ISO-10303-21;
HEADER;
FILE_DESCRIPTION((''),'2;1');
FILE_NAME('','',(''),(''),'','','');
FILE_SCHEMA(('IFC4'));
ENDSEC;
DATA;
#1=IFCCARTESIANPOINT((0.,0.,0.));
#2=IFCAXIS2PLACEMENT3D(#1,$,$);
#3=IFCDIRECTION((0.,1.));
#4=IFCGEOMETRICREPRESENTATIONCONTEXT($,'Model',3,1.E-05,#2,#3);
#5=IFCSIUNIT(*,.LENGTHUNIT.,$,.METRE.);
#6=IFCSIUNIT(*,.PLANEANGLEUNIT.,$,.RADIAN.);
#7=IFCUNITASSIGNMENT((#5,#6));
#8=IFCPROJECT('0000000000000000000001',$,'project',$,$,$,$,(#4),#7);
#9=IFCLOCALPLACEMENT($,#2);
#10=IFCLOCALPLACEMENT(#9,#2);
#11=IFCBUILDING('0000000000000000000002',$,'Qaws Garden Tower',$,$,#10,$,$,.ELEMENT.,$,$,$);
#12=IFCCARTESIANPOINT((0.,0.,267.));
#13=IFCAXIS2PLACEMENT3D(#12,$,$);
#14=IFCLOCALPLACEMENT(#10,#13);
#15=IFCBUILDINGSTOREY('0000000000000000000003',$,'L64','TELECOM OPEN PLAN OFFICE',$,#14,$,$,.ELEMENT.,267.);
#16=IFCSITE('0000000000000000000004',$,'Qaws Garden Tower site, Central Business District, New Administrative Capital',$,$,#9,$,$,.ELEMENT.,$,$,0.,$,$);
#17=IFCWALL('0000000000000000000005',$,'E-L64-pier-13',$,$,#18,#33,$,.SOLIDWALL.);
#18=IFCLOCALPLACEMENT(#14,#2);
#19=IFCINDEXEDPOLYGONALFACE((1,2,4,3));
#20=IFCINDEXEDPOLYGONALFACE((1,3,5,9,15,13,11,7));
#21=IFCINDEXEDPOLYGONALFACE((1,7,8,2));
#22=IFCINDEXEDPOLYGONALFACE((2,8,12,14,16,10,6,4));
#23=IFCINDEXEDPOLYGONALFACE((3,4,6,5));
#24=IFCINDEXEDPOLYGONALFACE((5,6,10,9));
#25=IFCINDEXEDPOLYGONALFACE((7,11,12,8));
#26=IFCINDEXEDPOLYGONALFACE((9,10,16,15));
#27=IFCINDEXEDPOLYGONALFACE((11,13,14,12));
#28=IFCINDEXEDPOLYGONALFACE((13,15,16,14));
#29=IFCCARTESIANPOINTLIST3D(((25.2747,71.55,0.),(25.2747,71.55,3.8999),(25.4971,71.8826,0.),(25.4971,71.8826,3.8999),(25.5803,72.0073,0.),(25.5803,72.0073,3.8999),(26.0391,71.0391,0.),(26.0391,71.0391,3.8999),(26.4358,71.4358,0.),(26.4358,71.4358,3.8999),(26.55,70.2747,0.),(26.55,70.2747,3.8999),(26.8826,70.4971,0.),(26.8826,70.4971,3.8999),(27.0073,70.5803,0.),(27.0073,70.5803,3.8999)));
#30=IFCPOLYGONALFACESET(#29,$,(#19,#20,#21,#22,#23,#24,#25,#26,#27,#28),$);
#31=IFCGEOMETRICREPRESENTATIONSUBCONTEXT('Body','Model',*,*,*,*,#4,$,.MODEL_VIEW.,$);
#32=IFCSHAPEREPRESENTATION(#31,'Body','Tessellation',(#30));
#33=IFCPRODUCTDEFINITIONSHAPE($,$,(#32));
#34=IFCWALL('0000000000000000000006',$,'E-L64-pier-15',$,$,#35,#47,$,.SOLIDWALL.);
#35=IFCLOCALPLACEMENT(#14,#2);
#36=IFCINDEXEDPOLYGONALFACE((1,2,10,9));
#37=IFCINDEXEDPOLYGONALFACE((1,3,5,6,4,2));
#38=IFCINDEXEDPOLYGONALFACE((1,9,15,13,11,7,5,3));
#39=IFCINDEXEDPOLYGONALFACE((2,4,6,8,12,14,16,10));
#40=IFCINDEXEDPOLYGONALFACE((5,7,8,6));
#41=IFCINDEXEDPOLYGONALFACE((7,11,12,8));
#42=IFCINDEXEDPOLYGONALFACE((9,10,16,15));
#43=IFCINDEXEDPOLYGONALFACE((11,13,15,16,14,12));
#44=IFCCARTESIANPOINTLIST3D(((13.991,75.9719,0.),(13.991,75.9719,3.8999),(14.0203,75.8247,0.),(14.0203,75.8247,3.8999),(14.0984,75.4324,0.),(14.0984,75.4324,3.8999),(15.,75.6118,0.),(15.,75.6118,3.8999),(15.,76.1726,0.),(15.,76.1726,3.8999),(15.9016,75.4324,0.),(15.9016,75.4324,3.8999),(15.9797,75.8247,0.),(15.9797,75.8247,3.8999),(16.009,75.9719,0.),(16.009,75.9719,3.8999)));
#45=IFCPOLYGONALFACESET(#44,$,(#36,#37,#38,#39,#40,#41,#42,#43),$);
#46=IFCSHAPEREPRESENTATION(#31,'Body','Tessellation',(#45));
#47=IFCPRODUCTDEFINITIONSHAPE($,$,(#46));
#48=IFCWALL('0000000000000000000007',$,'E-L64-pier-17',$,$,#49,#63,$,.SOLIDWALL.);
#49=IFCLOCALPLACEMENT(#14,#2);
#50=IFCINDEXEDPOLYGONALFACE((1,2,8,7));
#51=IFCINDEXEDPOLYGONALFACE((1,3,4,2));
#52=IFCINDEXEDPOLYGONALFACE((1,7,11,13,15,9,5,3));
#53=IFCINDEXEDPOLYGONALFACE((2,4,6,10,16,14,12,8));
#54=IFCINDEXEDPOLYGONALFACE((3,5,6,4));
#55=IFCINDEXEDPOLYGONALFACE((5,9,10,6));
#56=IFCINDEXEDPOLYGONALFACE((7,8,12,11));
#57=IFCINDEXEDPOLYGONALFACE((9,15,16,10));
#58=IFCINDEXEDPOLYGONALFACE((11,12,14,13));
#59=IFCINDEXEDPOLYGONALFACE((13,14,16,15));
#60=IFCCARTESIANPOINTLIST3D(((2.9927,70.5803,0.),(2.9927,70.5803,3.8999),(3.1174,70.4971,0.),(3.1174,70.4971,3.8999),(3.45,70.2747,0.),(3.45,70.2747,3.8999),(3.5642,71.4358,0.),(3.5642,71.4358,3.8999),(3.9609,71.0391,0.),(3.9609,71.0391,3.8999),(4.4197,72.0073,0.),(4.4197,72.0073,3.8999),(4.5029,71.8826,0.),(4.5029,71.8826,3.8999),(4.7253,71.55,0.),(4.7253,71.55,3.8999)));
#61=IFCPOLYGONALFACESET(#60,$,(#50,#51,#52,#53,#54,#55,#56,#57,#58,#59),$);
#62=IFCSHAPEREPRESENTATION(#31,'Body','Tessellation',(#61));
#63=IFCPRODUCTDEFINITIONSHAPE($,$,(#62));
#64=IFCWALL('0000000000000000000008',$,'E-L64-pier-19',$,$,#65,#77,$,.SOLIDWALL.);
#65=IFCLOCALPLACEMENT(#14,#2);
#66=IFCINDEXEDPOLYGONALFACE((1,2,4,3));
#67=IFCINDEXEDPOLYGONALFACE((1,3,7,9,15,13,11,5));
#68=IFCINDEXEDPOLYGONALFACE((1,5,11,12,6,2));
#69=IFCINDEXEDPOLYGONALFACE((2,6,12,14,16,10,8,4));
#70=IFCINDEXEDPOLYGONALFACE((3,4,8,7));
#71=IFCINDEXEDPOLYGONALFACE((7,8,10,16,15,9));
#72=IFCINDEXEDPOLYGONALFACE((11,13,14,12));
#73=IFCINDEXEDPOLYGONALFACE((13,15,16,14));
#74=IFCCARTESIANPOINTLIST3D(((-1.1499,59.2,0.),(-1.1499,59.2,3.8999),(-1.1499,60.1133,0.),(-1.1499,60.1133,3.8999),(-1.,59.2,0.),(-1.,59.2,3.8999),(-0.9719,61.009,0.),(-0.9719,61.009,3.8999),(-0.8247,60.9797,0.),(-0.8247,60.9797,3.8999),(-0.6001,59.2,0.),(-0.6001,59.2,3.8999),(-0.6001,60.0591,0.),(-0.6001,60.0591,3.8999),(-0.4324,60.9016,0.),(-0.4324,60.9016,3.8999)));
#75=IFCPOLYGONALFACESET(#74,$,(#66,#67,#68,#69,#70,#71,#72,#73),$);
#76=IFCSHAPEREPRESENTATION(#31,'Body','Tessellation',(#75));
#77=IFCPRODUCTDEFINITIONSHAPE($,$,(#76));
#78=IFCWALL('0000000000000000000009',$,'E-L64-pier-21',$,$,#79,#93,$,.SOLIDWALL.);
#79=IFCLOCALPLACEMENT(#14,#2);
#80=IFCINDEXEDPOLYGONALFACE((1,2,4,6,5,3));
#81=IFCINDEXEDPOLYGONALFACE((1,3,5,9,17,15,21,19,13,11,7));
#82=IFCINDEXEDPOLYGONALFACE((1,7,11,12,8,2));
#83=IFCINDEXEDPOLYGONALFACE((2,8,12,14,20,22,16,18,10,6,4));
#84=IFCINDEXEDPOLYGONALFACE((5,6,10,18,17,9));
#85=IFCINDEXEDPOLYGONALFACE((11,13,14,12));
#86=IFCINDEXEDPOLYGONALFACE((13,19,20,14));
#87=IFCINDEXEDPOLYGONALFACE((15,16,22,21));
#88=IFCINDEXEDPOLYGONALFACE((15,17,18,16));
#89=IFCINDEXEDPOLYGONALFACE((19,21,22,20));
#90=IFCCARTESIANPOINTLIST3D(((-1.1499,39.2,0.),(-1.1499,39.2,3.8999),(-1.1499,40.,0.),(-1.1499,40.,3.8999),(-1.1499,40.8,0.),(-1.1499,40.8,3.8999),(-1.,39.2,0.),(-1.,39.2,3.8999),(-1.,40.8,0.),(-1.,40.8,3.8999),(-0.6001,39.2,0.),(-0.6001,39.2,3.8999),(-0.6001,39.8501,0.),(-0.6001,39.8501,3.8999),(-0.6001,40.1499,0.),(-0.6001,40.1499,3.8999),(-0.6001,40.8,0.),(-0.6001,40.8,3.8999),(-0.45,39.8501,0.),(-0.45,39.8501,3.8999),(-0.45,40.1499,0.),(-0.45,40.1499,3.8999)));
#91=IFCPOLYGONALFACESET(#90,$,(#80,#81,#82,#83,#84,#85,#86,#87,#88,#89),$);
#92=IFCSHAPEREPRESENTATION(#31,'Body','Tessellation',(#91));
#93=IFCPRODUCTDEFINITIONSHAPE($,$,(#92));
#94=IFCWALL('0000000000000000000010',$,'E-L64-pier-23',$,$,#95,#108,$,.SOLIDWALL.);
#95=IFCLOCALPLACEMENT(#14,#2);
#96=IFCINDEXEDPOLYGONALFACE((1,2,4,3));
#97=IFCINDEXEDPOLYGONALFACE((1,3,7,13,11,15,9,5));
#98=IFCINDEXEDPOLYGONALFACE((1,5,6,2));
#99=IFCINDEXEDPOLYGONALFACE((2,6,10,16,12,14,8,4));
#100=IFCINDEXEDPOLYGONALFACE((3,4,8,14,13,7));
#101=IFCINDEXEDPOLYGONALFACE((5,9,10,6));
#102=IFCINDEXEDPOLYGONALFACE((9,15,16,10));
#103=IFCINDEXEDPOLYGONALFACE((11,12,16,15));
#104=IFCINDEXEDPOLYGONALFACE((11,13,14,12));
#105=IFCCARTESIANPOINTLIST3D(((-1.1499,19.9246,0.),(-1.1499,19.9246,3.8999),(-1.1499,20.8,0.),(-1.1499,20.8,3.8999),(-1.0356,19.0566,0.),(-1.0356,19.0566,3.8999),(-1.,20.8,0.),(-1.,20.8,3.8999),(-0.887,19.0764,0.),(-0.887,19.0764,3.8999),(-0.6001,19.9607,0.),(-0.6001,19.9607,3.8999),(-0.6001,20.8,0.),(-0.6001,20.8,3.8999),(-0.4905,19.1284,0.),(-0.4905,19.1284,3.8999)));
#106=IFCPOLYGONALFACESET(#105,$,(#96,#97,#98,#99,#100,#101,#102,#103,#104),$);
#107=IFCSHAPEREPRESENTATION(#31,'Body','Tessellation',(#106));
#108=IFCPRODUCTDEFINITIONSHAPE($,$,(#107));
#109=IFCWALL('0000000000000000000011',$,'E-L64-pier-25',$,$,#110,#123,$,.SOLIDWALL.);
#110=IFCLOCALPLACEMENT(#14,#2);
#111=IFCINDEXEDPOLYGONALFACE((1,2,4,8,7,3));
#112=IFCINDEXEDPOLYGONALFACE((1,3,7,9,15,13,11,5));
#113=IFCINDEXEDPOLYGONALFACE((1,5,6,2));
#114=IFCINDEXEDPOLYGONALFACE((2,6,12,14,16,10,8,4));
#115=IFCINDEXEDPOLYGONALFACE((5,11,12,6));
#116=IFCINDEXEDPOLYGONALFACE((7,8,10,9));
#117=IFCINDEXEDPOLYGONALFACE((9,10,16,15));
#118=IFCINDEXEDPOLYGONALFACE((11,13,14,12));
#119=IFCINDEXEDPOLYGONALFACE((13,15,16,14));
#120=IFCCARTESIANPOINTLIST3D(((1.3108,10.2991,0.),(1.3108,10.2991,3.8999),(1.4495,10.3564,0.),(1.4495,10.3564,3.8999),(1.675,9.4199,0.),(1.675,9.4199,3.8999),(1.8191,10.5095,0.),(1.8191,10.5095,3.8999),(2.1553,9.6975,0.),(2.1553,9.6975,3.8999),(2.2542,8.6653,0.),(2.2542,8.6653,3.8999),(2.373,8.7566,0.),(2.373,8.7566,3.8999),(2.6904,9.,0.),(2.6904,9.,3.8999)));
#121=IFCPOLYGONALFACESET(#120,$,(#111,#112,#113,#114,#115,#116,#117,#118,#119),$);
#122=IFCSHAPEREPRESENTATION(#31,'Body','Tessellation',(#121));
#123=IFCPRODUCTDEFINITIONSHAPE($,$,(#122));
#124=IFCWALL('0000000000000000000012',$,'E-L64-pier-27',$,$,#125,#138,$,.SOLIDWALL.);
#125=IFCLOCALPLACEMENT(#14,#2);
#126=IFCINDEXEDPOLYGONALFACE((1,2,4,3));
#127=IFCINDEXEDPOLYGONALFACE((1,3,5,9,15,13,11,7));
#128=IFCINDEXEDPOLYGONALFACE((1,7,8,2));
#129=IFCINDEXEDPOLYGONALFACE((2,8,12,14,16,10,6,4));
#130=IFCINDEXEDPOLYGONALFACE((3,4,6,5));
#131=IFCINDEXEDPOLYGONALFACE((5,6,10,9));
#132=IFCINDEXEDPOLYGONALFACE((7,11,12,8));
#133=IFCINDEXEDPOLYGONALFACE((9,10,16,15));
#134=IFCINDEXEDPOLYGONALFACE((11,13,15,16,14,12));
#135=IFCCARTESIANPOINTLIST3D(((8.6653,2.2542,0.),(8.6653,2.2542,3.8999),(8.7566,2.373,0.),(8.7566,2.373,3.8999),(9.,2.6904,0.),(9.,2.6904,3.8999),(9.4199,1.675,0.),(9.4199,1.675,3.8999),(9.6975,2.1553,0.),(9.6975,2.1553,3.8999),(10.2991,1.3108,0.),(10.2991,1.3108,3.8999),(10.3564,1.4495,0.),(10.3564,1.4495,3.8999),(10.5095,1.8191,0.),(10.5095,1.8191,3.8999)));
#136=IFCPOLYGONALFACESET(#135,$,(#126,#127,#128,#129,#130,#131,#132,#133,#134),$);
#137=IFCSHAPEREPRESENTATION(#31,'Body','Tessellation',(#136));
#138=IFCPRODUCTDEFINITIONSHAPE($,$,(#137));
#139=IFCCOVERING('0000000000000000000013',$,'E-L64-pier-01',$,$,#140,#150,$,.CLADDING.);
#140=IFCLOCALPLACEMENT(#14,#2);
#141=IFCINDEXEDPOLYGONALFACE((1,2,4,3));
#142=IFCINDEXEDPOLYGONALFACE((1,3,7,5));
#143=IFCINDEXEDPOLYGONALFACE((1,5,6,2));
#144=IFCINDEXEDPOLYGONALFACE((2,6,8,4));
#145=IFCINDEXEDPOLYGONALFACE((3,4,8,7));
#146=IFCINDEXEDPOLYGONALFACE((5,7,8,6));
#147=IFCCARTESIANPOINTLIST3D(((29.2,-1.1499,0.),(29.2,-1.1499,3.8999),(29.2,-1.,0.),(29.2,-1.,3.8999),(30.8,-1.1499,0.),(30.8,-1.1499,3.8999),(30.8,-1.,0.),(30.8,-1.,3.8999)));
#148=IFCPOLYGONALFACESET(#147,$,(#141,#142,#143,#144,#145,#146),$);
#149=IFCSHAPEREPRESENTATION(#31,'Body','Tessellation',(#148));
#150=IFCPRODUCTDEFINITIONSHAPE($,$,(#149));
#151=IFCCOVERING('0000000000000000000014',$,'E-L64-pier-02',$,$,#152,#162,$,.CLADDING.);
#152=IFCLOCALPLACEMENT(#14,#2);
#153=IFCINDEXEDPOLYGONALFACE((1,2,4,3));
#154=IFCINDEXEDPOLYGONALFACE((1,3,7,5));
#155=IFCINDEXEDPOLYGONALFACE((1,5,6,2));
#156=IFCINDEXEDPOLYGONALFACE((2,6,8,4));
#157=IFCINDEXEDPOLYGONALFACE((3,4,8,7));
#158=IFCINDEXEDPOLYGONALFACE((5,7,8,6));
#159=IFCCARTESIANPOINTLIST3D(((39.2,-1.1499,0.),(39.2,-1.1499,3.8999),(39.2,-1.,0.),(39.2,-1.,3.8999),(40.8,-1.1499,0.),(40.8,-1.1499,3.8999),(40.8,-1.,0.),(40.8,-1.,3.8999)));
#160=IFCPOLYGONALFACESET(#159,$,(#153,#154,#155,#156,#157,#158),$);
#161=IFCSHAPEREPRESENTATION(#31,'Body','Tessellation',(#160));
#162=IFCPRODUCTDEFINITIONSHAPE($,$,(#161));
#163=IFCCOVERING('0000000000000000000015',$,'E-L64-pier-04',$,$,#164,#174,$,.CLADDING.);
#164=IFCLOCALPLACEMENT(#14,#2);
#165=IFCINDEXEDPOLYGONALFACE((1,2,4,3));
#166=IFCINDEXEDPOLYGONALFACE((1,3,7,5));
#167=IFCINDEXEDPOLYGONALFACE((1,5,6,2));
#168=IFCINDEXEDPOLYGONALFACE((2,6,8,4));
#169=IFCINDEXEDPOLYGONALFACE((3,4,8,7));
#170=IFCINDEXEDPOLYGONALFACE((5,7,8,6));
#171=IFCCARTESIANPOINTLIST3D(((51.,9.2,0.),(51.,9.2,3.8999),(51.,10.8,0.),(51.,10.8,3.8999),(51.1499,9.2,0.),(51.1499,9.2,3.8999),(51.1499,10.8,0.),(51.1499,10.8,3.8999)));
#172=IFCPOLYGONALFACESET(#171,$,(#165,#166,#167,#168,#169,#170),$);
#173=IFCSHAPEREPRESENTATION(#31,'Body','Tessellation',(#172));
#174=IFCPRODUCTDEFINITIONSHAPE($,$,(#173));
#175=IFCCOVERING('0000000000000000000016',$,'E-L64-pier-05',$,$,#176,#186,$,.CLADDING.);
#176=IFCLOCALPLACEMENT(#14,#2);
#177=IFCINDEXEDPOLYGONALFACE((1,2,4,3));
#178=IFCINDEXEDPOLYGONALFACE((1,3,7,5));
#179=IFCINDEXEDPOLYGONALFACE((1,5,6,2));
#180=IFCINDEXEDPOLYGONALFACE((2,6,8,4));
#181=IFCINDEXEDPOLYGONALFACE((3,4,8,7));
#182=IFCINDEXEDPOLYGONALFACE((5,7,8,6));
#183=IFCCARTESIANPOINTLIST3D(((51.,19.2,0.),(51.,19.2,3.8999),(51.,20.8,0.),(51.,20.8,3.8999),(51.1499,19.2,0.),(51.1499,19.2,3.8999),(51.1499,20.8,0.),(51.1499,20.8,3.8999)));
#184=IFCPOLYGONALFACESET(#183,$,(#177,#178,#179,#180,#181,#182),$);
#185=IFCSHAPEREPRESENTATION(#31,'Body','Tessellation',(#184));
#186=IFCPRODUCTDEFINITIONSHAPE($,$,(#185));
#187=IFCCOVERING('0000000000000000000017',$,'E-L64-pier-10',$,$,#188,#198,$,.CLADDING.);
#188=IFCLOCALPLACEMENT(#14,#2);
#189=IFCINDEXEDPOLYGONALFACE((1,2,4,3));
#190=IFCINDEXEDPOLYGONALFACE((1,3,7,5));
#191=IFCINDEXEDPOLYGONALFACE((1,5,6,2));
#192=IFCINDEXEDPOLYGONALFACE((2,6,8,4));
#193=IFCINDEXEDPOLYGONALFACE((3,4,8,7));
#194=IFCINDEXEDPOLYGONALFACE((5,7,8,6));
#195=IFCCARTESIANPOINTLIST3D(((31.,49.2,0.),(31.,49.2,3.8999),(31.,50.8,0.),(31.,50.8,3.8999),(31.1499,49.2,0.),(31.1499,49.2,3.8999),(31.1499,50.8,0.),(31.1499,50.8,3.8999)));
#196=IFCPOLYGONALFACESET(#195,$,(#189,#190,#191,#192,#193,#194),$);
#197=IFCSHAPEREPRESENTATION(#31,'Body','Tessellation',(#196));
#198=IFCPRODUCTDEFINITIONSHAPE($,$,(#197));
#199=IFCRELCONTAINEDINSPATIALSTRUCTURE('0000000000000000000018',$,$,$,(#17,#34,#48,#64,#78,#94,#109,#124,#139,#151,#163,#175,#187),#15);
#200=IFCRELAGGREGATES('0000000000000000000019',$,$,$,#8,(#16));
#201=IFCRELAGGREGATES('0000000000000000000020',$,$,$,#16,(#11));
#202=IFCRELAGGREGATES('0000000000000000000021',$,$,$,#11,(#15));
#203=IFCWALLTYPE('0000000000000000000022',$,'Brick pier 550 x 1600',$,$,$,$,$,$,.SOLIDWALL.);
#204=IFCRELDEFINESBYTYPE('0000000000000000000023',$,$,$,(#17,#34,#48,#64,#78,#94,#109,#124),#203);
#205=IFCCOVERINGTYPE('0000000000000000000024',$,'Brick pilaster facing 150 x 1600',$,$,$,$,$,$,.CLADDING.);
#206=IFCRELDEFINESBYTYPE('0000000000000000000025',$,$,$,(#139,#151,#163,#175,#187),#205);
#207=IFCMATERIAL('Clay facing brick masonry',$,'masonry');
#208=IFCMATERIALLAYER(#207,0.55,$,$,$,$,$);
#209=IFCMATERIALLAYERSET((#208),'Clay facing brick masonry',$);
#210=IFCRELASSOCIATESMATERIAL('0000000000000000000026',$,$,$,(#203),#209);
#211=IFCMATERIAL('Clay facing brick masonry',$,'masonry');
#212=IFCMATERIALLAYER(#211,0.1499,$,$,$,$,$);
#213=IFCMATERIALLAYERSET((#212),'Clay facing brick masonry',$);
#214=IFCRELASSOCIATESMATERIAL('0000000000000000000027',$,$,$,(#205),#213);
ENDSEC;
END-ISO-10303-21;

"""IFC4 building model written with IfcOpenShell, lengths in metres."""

from ifc_helpers import new_model, si_unit, direction, frame, origin, place, context, subcontext, project, spatial, polyline, outline, extrude, material, layer, layer_set, type_object, element, save


model = new_model("IFC4")

# Units and contexts
model_context = context("Model", 3, precision=1e-05, world=origin(), true_north=direction((0.0, 1.0)))
body_context = subcontext(model_context, "Body", "Model", "MODEL_VIEW")
ifc_project = project(units=[si_unit("LENGTHUNIT", "METRE"), si_unit("PLANEANGLEUNIT", "RADIAN")], contexts=[model_context])

# Site, building, storey
site_placement = place(None, origin())
site = spatial("IfcSite", under=ifc_project, at=site_placement, Name="Qaws Garden Tower site, Central Business District, New Administrative Capital", CompositionType="ELEMENT", RefElevation=0.0)
building_placement = place(site_placement, origin())
building = spatial("IfcBuilding", under=site, at=building_placement, Name="Qaws Garden Tower", CompositionType="ELEMENT")
storey_placement = place(building_placement, frame((0.0, 0.0, 267.0)))
storey = spatial("IfcBuildingStorey", under=building, at=storey_placement, Name="L64", Description="TELECOM OPEN PLAN OFFICE", CompositionType="ELEMENT", Elevation=267.0)

# Walls
placement = place(storey_placement, origin())
ifc_material_1 = material(Name="Clay facing brick masonry", Category="masonry")
ifc_layer_1 = layer(ifc_material_1, 0.55)
ifc_layer_set_1 = layer_set([ifc_layer_1], Name="Clay facing brick masonry")
wall_type_1 = type_object("IfcWallType", Name="Brick pier 550 x 1600", PredefinedType="SOLIDWALL", material=ifc_layer_set_1)
element("IfcWall", 1, at=placement, inside=storey, type_object=wall_type_1, Name="E-L64-pier-13", PredefinedType="SOLIDWALL", context=body_context, shape_type="SweptSolid", body=[
    extrude(outline(polyline([(26.8826, 70.4971), (27.0073, 70.5803), (26.4358, 71.4358), (25.5803, 72.0073), (25.4971, 71.8826), (25.2747, 71.55), (26.0391, 71.0391), (26.55, 70.2747), (26.8826, 70.4971)])), origin(), (0.0, 0.0, 1.0), 3.8999),
])
element("IfcWall", 2, at=placement, inside=storey, type_object=wall_type_1, Name="E-L64-pier-15", PredefinedType="SOLIDWALL", context=body_context, shape_type="SweptSolid", body=[
    extrude(outline(polyline([(15.9797, 75.8247), (16.009, 75.9719), (15.0, 76.1726), (13.991, 75.9719), (14.0203, 75.8247), (14.0984, 75.4324), (15.0, 75.6118), (15.9016, 75.4324), (15.9797, 75.8247)])), origin(), (0.0, 0.0, 1.0), 3.8999),
])
element("IfcWall", 3, at=placement, inside=storey, type_object=wall_type_1, Name="E-L64-pier-17", PredefinedType="SOLIDWALL", context=body_context, shape_type="SweptSolid", body=[
    extrude(outline(polyline([(4.5029, 71.8826), (4.4197, 72.0073), (3.5642, 71.4358), (2.9927, 70.5803), (3.1174, 70.4971), (3.45, 70.2747), (3.9609, 71.0391), (4.7253, 71.55), (4.5029, 71.8826)])), origin(), (0.0, 0.0, 1.0), 3.8999),
])
element("IfcWall", 4, at=placement, inside=storey, type_object=wall_type_1, Name="E-L64-pier-19", PredefinedType="SOLIDWALL", context=body_context, shape_type="SweptSolid", body=[
    extrude(outline(polyline([(-0.8247, 60.9797), (-0.9719, 61.009), (-1.1499, 60.1133), (-1.1499, 59.2), (-1.0, 59.2), (-0.6001, 59.2), (-0.6001, 60.0591), (-0.4324, 60.9016), (-0.8247, 60.9797)])), origin(), (0.0, 0.0, 1.0), 3.8999),
])
element("IfcWall", 5, at=placement, inside=storey, type_object=wall_type_1, Name="E-L64-pier-21", PredefinedType="SOLIDWALL", context=body_context, shape_type="SweptSolid", body=[
    extrude(outline(polyline([(-0.6001, 39.2), (-0.6001, 39.8501), (-0.45, 39.8501), (-0.45, 40.1499), (-0.6001, 40.1499), (-0.6001, 40.8), (-1.0, 40.8), (-1.1499, 40.8), (-1.1499, 40.0), (-1.1499, 39.2), (-1.0, 39.2), (-0.6001, 39.2)])), origin(), (0.0, 0.0, 1.0), 3.8999),
])
element("IfcWall", 6, at=placement, inside=storey, type_object=wall_type_1, Name="E-L64-pier-23", PredefinedType="SOLIDWALL", context=body_context, shape_type="SweptSolid", body=[
    extrude(outline(polyline([(-1.0, 20.8), (-1.1499, 20.8), (-1.1499, 19.9246), (-1.0356, 19.0566), (-0.887, 19.0764), (-0.4905, 19.1284), (-0.6001, 19.9607), (-0.6001, 20.8), (-1.0, 20.8)])), origin(), (0.0, 0.0, 1.0), 3.8999),
])
element("IfcWall", 7, at=placement, inside=storey, type_object=wall_type_1, Name="E-L64-pier-25", PredefinedType="SOLIDWALL", context=body_context, shape_type="SweptSolid", body=[
    extrude(outline(polyline([(1.4495, 10.3564), (1.3108, 10.2991), (1.675, 9.4199), (2.2542, 8.6653), (2.373, 8.7566), (2.6904, 9.0), (2.1553, 9.6975), (1.8191, 10.5095), (1.4495, 10.3564)])), origin(), (0.0, 0.0, 1.0), 3.8999),
])
element("IfcWall", 8, at=placement, inside=storey, type_object=wall_type_1, Name="E-L64-pier-27", PredefinedType="SOLIDWALL", context=body_context, shape_type="SweptSolid", body=[
    extrude(outline(polyline([(8.7566, 2.373), (8.6653, 2.2542), (9.4199, 1.675), (10.2991, 1.3108), (10.3564, 1.4495), (10.5095, 1.8191), (9.6975, 2.1553), (9.0, 2.6904), (8.7566, 2.373)])), origin(), (0.0, 0.0, 1.0), 3.8999),
])

# Coverings
ifc_material_2 = material(Name="Clay facing brick masonry", Category="masonry")
ifc_layer_2 = layer(ifc_material_2, 0.1499)
ifc_layer_set_2 = layer_set([ifc_layer_2], Name="Clay facing brick masonry")
covering_type = type_object("IfcCoveringType", Name="Brick pilaster facing 150 x 1600", PredefinedType="CLADDING", material=ifc_layer_set_2)
element("IfcCovering", 9, at=placement, inside=storey, type_object=covering_type, Name="E-L64-pier-01", PredefinedType="CLADDING", context=body_context, shape_type="SweptSolid", body=[
    extrude(outline(polyline([(29.2, -1.0), (30.8, -1.0), (30.8, -1.1499), (29.2, -1.1499), (29.2, -1.0)])), origin(), (0.0, 0.0, 1.0), 3.8999),
])
element("IfcCovering", 10, at=placement, inside=storey, type_object=covering_type, Name="E-L64-pier-02", PredefinedType="CLADDING", context=body_context, shape_type="SweptSolid", body=[
    extrude(outline(polyline([(39.2, -1.0), (40.8, -1.0), (40.8, -1.1499), (39.2, -1.1499), (39.2, -1.0)])), origin(), (0.0, 0.0, 1.0), 3.8999),
])
element("IfcCovering", 11, at=placement, inside=storey, type_object=covering_type, Name="E-L64-pier-04", PredefinedType="CLADDING", context=body_context, shape_type="SweptSolid", body=[
    extrude(outline(polyline([(51.0, 9.2), (51.0, 10.8), (51.1499, 10.8), (51.1499, 9.2), (51.0, 9.2)])), origin(), (0.0, 0.0, 1.0), 3.8999),
])
element("IfcCovering", 12, at=placement, inside=storey, type_object=covering_type, Name="E-L64-pier-05", PredefinedType="CLADDING", context=body_context, shape_type="SweptSolid", body=[
    extrude(outline(polyline([(51.0, 19.2), (51.0, 20.8), (51.1499, 20.8), (51.1499, 19.2), (51.0, 19.2)])), origin(), (0.0, 0.0, 1.0), 3.8999),
])
element("IfcCovering", 13, at=placement, inside=storey, type_object=covering_type, Name="E-L64-pier-10", PredefinedType="CLADDING", context=body_context, shape_type="SweptSolid", body=[
    extrude(outline(polyline([(31.0, 49.2), (31.0, 50.8), (31.1499, 50.8), (31.1499, 49.2), (31.0, 49.2)])), origin(), (0.0, 0.0, 1.0), 3.8999),
])

save(model, "model.ifc")
